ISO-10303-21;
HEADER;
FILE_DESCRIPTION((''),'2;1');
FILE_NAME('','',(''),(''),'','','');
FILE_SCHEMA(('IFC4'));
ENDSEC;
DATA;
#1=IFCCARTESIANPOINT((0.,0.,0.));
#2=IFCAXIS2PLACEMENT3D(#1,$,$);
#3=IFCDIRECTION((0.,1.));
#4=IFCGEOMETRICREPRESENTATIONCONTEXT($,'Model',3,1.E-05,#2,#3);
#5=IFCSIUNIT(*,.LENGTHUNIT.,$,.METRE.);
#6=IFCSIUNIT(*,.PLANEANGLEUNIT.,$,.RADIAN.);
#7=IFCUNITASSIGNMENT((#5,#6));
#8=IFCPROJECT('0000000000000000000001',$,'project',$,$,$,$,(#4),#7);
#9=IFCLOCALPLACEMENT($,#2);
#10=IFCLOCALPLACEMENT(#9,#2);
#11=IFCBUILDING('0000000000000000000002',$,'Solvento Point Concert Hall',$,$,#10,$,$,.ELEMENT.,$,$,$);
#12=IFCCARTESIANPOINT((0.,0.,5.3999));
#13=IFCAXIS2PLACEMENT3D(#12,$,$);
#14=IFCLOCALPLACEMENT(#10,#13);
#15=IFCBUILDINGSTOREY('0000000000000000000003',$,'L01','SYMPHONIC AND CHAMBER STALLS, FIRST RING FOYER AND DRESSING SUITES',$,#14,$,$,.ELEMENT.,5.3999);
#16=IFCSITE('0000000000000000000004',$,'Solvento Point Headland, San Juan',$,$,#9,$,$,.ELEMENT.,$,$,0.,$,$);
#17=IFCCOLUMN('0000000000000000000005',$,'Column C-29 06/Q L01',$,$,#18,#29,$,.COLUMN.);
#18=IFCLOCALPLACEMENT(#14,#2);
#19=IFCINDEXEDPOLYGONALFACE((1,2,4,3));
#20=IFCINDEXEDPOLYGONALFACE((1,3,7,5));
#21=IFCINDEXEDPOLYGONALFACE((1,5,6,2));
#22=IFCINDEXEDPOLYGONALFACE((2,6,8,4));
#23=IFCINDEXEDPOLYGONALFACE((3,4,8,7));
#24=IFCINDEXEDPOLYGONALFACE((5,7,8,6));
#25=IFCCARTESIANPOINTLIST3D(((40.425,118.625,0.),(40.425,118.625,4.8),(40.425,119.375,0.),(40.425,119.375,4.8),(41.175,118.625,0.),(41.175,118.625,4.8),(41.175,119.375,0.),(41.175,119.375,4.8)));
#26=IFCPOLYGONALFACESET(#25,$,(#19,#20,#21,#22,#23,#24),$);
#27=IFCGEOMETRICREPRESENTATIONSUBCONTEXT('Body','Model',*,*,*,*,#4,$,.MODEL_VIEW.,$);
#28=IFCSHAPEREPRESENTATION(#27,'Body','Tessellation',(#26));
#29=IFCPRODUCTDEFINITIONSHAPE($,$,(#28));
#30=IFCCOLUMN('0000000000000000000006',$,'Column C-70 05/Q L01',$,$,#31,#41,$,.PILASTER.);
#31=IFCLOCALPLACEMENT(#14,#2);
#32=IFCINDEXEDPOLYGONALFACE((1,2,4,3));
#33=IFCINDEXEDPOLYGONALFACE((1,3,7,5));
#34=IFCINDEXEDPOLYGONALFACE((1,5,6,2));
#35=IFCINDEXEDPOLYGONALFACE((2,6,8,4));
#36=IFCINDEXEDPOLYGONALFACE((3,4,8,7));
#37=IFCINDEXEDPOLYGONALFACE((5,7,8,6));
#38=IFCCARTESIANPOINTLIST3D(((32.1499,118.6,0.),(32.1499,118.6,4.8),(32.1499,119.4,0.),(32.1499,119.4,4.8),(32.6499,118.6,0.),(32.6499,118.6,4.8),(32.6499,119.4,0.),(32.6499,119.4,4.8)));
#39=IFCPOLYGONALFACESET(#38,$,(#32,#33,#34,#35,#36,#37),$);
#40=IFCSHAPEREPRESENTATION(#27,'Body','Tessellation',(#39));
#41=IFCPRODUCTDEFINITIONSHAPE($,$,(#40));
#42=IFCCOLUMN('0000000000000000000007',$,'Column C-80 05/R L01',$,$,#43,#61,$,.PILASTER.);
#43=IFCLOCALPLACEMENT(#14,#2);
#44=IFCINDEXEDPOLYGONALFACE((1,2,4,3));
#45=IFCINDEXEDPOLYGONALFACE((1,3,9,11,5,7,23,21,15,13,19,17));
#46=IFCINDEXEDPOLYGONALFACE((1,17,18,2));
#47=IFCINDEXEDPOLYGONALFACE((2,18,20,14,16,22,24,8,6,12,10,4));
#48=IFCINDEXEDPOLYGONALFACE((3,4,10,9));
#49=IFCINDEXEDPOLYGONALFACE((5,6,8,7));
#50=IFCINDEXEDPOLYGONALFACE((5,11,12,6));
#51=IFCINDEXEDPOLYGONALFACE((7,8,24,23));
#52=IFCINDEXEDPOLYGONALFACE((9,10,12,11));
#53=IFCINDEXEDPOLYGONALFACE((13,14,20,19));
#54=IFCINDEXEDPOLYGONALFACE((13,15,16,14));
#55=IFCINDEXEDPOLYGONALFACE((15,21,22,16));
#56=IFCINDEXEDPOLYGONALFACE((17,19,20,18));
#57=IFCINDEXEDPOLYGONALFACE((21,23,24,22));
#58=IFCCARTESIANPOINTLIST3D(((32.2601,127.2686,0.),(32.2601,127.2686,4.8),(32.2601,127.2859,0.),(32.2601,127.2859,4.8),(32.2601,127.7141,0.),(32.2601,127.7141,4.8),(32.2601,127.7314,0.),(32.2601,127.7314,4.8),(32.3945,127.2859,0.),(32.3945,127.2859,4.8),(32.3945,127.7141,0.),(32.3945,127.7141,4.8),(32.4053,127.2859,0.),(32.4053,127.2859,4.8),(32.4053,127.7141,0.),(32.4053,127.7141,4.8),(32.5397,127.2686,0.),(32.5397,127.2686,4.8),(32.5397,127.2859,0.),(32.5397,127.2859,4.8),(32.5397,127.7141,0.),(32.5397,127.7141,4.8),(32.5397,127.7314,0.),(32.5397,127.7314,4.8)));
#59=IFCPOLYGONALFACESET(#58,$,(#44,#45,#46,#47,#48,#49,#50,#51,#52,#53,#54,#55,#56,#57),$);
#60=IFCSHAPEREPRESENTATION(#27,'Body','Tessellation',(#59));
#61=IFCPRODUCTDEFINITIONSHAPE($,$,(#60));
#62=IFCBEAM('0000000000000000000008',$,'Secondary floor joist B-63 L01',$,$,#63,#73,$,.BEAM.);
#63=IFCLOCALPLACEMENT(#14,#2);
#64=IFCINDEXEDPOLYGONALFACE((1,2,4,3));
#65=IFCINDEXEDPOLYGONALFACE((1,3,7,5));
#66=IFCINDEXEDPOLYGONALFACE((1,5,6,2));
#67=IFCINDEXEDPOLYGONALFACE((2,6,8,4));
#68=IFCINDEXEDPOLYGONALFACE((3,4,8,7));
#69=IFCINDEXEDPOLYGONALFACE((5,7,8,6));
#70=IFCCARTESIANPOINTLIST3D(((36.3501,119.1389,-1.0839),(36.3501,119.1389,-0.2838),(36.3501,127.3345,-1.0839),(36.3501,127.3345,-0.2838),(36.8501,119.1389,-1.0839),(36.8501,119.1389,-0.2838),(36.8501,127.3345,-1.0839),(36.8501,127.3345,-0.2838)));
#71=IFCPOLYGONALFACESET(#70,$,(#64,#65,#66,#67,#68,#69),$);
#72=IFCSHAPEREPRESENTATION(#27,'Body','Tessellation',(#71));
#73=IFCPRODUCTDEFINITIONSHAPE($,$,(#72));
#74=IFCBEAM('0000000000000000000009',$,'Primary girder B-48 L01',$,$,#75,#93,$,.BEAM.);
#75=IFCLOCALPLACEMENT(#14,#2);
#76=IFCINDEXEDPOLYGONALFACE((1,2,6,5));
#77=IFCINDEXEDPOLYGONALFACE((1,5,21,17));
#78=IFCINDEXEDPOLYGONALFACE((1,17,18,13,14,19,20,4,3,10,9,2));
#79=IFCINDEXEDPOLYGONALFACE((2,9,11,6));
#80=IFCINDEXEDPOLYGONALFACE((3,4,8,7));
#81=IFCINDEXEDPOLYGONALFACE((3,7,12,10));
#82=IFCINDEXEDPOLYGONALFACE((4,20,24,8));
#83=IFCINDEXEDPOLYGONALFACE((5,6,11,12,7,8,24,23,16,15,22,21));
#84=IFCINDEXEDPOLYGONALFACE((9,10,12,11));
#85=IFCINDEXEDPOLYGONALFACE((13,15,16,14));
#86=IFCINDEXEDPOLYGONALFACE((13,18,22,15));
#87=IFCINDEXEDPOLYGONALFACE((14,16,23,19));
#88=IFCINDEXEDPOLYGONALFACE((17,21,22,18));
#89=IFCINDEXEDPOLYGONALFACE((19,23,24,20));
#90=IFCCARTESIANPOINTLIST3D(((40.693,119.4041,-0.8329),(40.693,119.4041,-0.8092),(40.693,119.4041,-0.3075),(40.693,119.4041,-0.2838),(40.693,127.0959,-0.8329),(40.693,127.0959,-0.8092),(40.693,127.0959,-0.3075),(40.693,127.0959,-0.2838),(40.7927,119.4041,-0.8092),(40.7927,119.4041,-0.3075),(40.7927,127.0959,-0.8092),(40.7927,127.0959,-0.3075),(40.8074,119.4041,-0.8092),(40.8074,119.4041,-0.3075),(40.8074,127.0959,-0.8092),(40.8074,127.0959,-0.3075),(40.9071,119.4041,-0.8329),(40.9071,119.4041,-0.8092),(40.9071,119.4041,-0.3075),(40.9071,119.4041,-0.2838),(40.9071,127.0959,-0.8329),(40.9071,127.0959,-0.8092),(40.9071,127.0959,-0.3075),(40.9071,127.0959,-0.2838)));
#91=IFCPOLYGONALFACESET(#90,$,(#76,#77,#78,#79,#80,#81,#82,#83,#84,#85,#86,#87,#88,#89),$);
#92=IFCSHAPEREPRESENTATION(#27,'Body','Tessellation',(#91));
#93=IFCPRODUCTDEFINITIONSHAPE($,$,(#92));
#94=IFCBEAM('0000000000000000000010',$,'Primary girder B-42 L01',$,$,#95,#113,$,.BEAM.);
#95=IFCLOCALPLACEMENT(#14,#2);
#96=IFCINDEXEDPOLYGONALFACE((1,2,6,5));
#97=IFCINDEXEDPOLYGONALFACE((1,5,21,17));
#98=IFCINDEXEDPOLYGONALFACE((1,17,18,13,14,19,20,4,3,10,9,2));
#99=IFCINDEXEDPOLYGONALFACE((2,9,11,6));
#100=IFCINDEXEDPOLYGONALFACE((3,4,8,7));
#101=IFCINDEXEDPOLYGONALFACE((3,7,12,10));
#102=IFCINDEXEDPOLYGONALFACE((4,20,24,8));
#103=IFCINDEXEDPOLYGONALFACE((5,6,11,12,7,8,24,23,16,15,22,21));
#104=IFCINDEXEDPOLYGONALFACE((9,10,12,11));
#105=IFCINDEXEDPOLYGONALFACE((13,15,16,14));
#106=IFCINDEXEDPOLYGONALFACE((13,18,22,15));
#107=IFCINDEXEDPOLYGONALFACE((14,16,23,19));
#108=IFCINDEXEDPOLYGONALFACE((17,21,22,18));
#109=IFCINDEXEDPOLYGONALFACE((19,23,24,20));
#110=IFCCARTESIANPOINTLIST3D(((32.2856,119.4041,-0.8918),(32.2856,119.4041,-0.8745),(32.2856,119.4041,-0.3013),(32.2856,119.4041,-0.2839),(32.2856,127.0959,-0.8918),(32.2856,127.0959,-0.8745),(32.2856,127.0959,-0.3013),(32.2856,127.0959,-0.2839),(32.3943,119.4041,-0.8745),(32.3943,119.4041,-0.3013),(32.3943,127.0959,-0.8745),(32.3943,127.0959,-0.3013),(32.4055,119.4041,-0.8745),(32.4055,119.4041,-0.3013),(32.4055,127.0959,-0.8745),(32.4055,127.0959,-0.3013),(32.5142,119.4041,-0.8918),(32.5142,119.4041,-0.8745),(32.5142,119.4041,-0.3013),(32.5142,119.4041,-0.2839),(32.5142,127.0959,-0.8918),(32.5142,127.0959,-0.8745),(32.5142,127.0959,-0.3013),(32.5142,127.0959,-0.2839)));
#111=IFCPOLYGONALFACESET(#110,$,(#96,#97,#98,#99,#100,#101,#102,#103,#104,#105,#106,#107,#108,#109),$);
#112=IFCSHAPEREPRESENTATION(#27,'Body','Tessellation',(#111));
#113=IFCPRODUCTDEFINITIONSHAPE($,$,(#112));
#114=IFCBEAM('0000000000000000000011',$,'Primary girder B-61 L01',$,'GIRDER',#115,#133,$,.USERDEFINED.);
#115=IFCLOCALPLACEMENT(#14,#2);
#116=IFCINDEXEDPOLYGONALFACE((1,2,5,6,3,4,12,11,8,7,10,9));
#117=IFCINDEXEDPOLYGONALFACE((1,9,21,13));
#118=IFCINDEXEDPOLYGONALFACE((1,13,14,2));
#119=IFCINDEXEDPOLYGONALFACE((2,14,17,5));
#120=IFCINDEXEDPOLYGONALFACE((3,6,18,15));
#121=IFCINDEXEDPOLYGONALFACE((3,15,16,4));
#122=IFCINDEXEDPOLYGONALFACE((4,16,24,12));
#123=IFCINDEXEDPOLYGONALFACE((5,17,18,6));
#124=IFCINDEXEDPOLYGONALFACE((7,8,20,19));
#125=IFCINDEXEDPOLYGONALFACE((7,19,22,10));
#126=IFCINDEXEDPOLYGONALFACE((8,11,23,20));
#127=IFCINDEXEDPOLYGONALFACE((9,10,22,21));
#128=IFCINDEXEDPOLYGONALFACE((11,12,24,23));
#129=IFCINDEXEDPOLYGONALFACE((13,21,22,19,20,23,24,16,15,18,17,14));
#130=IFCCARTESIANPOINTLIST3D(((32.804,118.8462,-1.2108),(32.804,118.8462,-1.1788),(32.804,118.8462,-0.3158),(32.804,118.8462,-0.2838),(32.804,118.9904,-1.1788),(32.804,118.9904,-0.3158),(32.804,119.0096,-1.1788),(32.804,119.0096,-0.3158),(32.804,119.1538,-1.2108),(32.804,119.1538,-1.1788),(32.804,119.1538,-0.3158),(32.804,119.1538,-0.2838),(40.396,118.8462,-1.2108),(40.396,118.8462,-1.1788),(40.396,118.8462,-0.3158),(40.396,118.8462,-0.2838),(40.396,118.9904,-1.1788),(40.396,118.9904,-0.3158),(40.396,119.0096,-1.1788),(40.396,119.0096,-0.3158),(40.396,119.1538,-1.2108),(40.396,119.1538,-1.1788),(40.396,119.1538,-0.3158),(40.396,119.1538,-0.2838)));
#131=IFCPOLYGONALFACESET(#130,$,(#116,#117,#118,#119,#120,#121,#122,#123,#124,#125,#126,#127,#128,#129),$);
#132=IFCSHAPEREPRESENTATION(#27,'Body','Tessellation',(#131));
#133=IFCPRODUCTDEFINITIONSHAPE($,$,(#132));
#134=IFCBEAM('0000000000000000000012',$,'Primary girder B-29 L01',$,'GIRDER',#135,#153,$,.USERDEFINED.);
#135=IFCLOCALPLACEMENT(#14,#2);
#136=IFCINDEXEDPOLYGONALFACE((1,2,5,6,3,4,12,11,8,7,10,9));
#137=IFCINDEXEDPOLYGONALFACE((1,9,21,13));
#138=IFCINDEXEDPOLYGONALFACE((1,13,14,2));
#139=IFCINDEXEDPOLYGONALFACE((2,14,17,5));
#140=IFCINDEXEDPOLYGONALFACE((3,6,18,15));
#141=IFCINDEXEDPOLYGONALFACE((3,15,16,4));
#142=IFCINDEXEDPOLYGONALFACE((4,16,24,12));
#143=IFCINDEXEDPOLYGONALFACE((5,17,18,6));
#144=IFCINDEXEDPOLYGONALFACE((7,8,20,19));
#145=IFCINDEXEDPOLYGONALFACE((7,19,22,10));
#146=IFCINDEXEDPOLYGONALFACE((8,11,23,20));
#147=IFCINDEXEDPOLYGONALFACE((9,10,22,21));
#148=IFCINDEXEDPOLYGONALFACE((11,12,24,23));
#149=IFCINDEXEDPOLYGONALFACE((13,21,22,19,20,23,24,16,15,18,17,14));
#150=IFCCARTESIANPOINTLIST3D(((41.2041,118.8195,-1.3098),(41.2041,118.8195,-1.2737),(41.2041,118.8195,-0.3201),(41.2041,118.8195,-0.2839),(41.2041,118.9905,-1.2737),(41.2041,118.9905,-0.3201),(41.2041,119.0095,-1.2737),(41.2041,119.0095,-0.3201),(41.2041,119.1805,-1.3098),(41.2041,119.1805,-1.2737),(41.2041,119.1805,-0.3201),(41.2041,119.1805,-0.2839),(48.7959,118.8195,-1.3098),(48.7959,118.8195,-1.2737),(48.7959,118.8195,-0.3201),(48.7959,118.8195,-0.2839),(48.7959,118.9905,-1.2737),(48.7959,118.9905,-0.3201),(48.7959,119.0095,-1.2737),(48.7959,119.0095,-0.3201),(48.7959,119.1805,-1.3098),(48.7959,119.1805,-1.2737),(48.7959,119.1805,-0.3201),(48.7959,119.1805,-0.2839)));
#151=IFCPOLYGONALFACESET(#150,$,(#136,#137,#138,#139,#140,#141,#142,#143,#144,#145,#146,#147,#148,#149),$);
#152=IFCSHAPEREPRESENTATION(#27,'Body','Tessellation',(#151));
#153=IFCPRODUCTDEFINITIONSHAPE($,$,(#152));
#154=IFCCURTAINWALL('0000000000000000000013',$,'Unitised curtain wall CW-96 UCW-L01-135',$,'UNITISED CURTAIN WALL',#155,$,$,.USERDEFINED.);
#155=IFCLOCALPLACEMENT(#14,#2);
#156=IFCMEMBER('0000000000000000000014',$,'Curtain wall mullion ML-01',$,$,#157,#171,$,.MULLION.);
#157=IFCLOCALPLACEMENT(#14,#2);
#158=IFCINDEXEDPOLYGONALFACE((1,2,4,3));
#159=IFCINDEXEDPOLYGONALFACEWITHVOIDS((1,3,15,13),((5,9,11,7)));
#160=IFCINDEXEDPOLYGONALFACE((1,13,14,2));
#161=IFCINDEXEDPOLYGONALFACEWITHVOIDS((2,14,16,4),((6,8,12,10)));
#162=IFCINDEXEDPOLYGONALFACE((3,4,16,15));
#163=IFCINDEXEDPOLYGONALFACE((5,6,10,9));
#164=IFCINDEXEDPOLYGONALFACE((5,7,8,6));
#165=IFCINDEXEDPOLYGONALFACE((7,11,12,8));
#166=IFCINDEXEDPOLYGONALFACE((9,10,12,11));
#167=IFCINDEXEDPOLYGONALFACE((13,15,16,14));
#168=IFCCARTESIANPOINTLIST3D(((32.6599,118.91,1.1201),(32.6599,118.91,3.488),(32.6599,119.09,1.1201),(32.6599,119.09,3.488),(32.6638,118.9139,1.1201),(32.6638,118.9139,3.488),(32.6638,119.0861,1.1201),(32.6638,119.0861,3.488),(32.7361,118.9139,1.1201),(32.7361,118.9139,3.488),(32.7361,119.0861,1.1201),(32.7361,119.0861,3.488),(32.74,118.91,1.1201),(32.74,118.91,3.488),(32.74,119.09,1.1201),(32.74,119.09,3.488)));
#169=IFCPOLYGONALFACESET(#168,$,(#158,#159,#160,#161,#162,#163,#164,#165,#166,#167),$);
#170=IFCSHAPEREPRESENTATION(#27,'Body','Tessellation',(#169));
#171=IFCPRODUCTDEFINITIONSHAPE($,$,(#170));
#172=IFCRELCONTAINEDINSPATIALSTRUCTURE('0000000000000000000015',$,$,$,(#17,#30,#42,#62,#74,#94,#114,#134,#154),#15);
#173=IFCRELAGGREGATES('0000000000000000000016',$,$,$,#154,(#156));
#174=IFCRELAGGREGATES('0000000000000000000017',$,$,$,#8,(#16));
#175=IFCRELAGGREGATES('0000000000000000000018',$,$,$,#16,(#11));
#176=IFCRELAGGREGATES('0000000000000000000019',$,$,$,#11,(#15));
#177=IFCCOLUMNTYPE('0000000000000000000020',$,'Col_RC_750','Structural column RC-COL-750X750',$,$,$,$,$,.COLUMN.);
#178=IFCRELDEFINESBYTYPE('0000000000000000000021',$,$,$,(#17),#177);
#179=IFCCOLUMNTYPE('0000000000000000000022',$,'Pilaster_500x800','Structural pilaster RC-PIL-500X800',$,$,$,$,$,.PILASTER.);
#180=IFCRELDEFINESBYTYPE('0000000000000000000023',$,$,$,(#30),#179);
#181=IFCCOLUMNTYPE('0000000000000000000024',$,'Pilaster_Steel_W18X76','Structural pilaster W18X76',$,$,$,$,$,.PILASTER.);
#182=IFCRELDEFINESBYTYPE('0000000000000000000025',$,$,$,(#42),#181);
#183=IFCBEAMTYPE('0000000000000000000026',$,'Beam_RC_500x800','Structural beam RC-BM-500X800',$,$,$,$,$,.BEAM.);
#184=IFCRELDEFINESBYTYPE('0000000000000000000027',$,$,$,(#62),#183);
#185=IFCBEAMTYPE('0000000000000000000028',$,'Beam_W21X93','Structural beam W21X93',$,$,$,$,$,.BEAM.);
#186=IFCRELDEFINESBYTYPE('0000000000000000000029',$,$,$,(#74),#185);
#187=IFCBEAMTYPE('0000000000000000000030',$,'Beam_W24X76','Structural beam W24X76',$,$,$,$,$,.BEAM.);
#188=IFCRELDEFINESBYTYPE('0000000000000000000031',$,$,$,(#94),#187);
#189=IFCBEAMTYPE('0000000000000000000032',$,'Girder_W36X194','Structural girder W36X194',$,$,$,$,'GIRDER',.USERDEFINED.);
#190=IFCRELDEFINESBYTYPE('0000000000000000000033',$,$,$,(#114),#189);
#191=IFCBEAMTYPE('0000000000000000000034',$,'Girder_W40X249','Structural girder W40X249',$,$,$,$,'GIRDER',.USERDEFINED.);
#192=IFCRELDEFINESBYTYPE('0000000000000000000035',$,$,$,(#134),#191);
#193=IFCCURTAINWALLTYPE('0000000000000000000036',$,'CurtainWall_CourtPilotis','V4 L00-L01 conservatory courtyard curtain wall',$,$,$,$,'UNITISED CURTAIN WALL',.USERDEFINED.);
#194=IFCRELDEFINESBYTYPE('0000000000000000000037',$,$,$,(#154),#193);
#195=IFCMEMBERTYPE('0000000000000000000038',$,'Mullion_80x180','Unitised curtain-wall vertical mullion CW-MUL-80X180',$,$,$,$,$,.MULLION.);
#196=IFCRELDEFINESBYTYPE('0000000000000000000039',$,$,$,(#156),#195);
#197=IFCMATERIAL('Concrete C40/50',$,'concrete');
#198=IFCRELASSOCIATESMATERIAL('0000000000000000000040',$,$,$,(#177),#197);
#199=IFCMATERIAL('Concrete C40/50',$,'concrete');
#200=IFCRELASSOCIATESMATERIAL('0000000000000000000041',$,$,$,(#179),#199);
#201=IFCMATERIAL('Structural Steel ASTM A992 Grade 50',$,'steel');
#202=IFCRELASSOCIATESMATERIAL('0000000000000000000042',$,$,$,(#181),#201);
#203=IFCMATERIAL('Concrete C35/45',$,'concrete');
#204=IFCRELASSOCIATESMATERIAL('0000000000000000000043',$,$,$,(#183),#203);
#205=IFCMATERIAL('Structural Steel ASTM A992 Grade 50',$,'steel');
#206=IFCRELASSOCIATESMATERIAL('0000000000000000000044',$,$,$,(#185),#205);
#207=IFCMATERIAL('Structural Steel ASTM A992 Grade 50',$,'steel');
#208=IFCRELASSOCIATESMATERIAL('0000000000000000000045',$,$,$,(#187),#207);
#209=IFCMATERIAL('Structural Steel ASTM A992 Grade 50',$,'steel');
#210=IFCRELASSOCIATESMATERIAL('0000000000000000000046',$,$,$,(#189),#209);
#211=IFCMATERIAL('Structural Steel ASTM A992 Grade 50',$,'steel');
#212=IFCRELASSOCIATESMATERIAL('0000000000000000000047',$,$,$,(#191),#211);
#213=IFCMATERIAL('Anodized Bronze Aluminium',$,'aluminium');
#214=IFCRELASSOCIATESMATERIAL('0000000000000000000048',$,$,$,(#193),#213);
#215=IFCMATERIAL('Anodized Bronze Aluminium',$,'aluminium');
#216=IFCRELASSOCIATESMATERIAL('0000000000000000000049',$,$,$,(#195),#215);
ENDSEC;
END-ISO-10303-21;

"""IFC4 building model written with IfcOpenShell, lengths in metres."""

from ifc_helpers import new_model, si_unit, direction, frame, origin, origin_2d, place, context, subcontext, project, spatial, rectangle, hollow_rectangle, i_section, extrude, material, material_profile, profile_set, type_object, element, aggregate, save


model = new_model("IFC4")

# Units and contexts
model_context = context("Model", 3, precision=1e-05, world=origin(), true_north=direction((0.0, 1.0)))
body_context = subcontext(model_context, "Body", "Model", "MODEL_VIEW")
ifc_project = project(units=[si_unit("LENGTHUNIT", "METRE"), si_unit("PLANEANGLEUNIT", "RADIAN")], contexts=[model_context])

# Site, building, storey
site_placement = place(None, origin())
site = spatial("IfcSite", under=ifc_project, at=site_placement, Name="Solvento Point Headland, San Juan", CompositionType="ELEMENT", RefElevation=0.0)
building_placement = place(site_placement, origin())
building = spatial("IfcBuilding", under=site, at=building_placement, Name="Solvento Point Concert Hall", CompositionType="ELEMENT")
storey_placement = place(building_placement, frame((0.0, 0.0, 5.3999)))
storey = spatial("IfcBuildingStorey", under=building, at=storey_placement, Name="L01", Description="SYMPHONIC AND CHAMBER STALLS, FIRST RING FOYER AND DRESSING SUITES", CompositionType="ELEMENT", Elevation=5.3999)

# Columns
ifc_material_1 = material(Name="Concrete C40/50", Category="concrete")
ifc_material_profile_1 = material_profile(ifc_material_1, rectangle(XDim=0.75, YDim=0.75, at=origin_2d()), Name="RC-COL-750X750")
ifc_profile_set_1 = profile_set([ifc_material_profile_1], Name="Concrete C40/50")
column_type_1 = type_object("IfcColumnType", Name="Col_RC_750", Description="Structural column RC-COL-750X750", PredefinedType="COLUMN", material=ifc_profile_set_1)
column_1_placement = place(storey_placement, frame((40.8, 119.0, 0.0), z_axis=(0.0, 0.0, 1.0), x_axis=(1.0, 0.0, 0.0)))
element("IfcColumn", 1, at=column_1_placement, inside=storey, type_object=column_type_1, Name="Column C-29 06/Q L01", PredefinedType="COLUMN", context=body_context, shape_type="SweptSolid", body=[
    extrude(rectangle(XDim=0.75, YDim=0.75, at=origin_2d()), origin(), (0.0, 0.0, 1.0), 4.8),
])
ifc_material_2 = material(Name="Concrete C40/50", Category="concrete")
ifc_material_profile_2 = material_profile(ifc_material_2, rectangle(XDim=0.5, YDim=0.8, at=origin_2d()), Name="RC-PIL-500X800")
ifc_profile_set_2 = profile_set([ifc_material_profile_2], Name="Concrete C40/50")
column_type_2 = type_object("IfcColumnType", Name="Pilaster_500x800", Description="Structural pilaster RC-PIL-500X800", PredefinedType="PILASTER", material=ifc_profile_set_2)
column_2_placement = place(storey_placement, frame((32.3999, 119.0, 0.0), z_axis=(0.0, 0.0, 1.0), x_axis=(1.0, 0.0, 0.0)))
element("IfcColumn", 2, at=column_2_placement, inside=storey, type_object=column_type_2, Name="Column C-70 05/Q L01", PredefinedType="PILASTER", context=body_context, shape_type="SweptSolid", body=[
    extrude(rectangle(XDim=0.5, YDim=0.8, at=origin_2d()), origin(), (0.0, 0.0, 1.0), 4.8),
])
ifc_material_3 = material(Name="Structural Steel ASTM A992 Grade 50", Category="steel")
ifc_material_profile_3 = material_profile(ifc_material_3, i_section(OverallWidth=0.2795, OverallDepth=0.4629, WebThickness=0.0107, FlangeThickness=0.0173, at=origin_2d()), Name="W18X76")
ifc_profile_set_3 = profile_set([ifc_material_profile_3], Name="Structural Steel ASTM A992 Grade 50")
column_type_3 = type_object("IfcColumnType", Name="Pilaster_Steel_W18X76", Description="Structural pilaster W18X76", PredefinedType="PILASTER", material=ifc_profile_set_3)
column_3_placement = place(storey_placement, frame((32.3999, 127.5, 0.0), z_axis=(0.0, 0.0, 1.0), x_axis=(1.0, 0.0, 0.0)))
element("IfcColumn", 3, at=column_3_placement, inside=storey, type_object=column_type_3, Name="Column C-80 05/R L01", PredefinedType="PILASTER", context=body_context, shape_type="SweptSolid", body=[
    extrude(i_section(OverallWidth=0.2795, OverallDepth=0.4629, WebThickness=0.0107, FlangeThickness=0.0173, at=origin_2d()), origin(), (0.0, 0.0, 1.0), 4.8),
])

# Beams
ifc_material_4 = material(Name="Concrete C35/45", Category="concrete")
ifc_material_profile_4 = material_profile(ifc_material_4, rectangle(XDim=0.5, YDim=0.8, at=origin_2d()), Name="RC-BM-500X800")
ifc_profile_set_4 = profile_set([ifc_material_profile_4], Name="Concrete C35/45")
beam_type_1 = type_object("IfcBeamType", Name="Beam_RC_500x800", Description="Structural beam RC-BM-500X800", PredefinedType="BEAM", material=ifc_profile_set_4)
beam_1_placement = place(storey_placement, frame((36.6001, 119.1389, -0.6838), z_axis=(0.0, 1.0, 0.0), x_axis=(-1.0, 0.0, 0.0)))
element("IfcBeam", 4, at=beam_1_placement, inside=storey, type_object=beam_type_1, Name="Secondary floor joist B-63 L01", PredefinedType="BEAM", context=body_context, shape_type="SweptSolid", body=[
    extrude(rectangle(XDim=0.5, YDim=0.8, at=origin_2d()), origin(), (0.0, 0.0, 1.0), 8.1956),
])
ifc_material_5 = material(Name="Structural Steel ASTM A992 Grade 50", Category="steel")
ifc_material_profile_5 = material_profile(ifc_material_5, i_section(OverallWidth=0.2141, OverallDepth=0.5491, WebThickness=0.0146, FlangeThickness=0.0237, at=origin_2d()), Name="W21X93")
ifc_profile_set_5 = profile_set([ifc_material_profile_5], Name="Structural Steel ASTM A992 Grade 50")
beam_type_2 = type_object("IfcBeamType", Name="Beam_W21X93", Description="Structural beam W21X93", PredefinedType="BEAM", material=ifc_profile_set_5)
beam_2_placement = place(storey_placement, frame((40.8, 119.4041, -0.5583), z_axis=(0.0, 1.0, 0.0), x_axis=(-1.0, 0.0, 0.0)))
element("IfcBeam", 5, at=beam_2_placement, inside=storey, type_object=beam_type_2, Name="Primary girder B-48 L01", PredefinedType="BEAM", context=body_context, shape_type="SweptSolid", body=[
    extrude(i_section(OverallWidth=0.2141, OverallDepth=0.5491, WebThickness=0.0146, FlangeThickness=0.0237, at=origin_2d()), origin(), (0.0, 0.0, 1.0), 7.6919),
])
ifc_material_6 = material(Name="Structural Steel ASTM A992 Grade 50", Category="steel")
ifc_material_profile_6 = material_profile(ifc_material_6, i_section(OverallWidth=0.2285, OverallDepth=0.6079, WebThickness=0.0112, FlangeThickness=0.0173, at=origin_2d()), Name="W24X76")
ifc_profile_set_6 = profile_set([ifc_material_profile_6], Name="Structural Steel ASTM A992 Grade 50")
beam_type_3 = type_object("IfcBeamType", Name="Beam_W24X76", Description="Structural beam W24X76", PredefinedType="BEAM", material=ifc_profile_set_6)
beam_3_placement = place(storey_placement, frame((32.3999, 119.4041, -0.5879), z_axis=(0.0, 1.0, 0.0), x_axis=(-1.0, 0.0, 0.0)))
element("IfcBeam", 6, at=beam_3_placement, inside=storey, type_object=beam_type_3, Name="Primary girder B-42 L01", PredefinedType="BEAM", context=body_context, shape_type="SweptSolid", body=[
    extrude(i_section(OverallWidth=0.2285, OverallDepth=0.6079, WebThickness=0.0112, FlangeThickness=0.0173, at=origin_2d()), origin(), (0.0, 0.0, 1.0), 7.6919),
])
ifc_material_7 = material(Name="Structural Steel ASTM A992 Grade 50", Category="steel")
ifc_material_profile_7 = material_profile(ifc_material_7, i_section(OverallWidth=0.3076, OverallDepth=0.927, WebThickness=0.0193, FlangeThickness=0.032, at=origin_2d()), Name="W36X194")
ifc_profile_set_7 = profile_set([ifc_material_profile_7], Name="Structural Steel ASTM A992 Grade 50")
beam_type_4 = type_object("IfcBeamType", Name="Girder_W36X194", Description="Structural girder W36X194", ElementType="GIRDER", PredefinedType="USERDEFINED", material=ifc_profile_set_7)
beam_4_placement = place(storey_placement, frame((32.804, 119.0, -0.7473), z_axis=(1.0, 0.0, 0.0), x_axis=(0.0, 1.0, 0.0)))
element("IfcBeam", 7, at=beam_4_placement, inside=storey, type_object=beam_type_4, Name="Primary girder B-61 L01", ObjectType="GIRDER", PredefinedType="USERDEFINED", context=body_context, shape_type="SweptSolid", body=[
    extrude(i_section(OverallWidth=0.3076, OverallDepth=0.927, WebThickness=0.0193, FlangeThickness=0.032, at=origin_2d()), origin(), (0.0, 0.0, 1.0), 7.592),
])
ifc_material_8 = material(Name="Structural Steel ASTM A992 Grade 50", Category="steel")
ifc_material_profile_8 = material_profile(ifc_material_8, i_section(OverallWidth=0.3611, OverallDepth=1.0259, WebThickness=0.019, FlangeThickness=0.0361, at=origin_2d()), Name="W40X249")
ifc_profile_set_8 = profile_set([ifc_material_profile_8], Name="Structural Steel ASTM A992 Grade 50")
beam_type_5 = type_object("IfcBeamType", Name="Girder_W40X249", Description="Structural girder W40X249", ElementType="GIRDER", PredefinedType="USERDEFINED", material=ifc_profile_set_8)
beam_5_placement = place(storey_placement, frame((41.2041, 119.0, -0.7969), z_axis=(1.0, 0.0, 0.0), x_axis=(0.0, 1.0, 0.0)))
element("IfcBeam", 8, at=beam_5_placement, inside=storey, type_object=beam_type_5, Name="Primary girder B-29 L01", ObjectType="GIRDER", PredefinedType="USERDEFINED", context=body_context, shape_type="SweptSolid", body=[
    extrude(i_section(OverallWidth=0.3611, OverallDepth=1.0259, WebThickness=0.019, FlangeThickness=0.0361, at=origin_2d()), origin(), (0.0, 0.0, 1.0), 7.5918),
])

# Curtain wall, member
ifc_material_9 = material(Name="Anodized Bronze Aluminium", Category="aluminium")
curtain_wall_type = type_object("IfcCurtainWallType", Name="CurtainWall_CourtPilotis", Description="V4 L00-L01 conservatory courtyard curtain wall", ElementType="UNITISED CURTAIN WALL", PredefinedType="USERDEFINED", material=ifc_material_9)
curtain_wall_1_placement = place(storey_placement, origin())
curtain_wall_1 = element("IfcCurtainWall", 9, at=curtain_wall_1_placement, inside=storey, type_object=curtain_wall_type, Name="Unitised curtain wall CW-96 UCW-L01-135", ObjectType="UNITISED CURTAIN WALL", PredefinedType="USERDEFINED")
ifc_material_10 = material(Name="Anodized Bronze Aluminium", Category="aluminium")
ifc_material_profile_9 = material_profile(ifc_material_10, hollow_rectangle(XDim=0.0801, YDim=0.1799, WallThickness=0.0039, at=origin_2d()), Name="CW-MUL-80X180")
ifc_profile_set_9 = profile_set([ifc_material_profile_9], Name="Anodized Bronze Aluminium")
member_type_1 = type_object("IfcMemberType", Name="Mullion_80x180", Description="Unitised curtain-wall vertical mullion CW-MUL-80X180", PredefinedType="MULLION", material=ifc_profile_set_9)
member_1_placement = place(storey_placement, frame((32.7, 119.0, 1.1201), z_axis=(0.0, 0.0, 1.0), x_axis=(1.0, 0.0, 0.0)))
member_1 = element("IfcMember", 10, at=member_1_placement, type_object=member_type_1, Name="Curtain wall mullion ML-01", PredefinedType="MULLION", context=body_context, shape_type="SweptSolid", body=[
    extrude(hollow_rectangle(XDim=0.0801, YDim=0.1799, WallThickness=0.0039, at=origin_2d()), origin(), (0.0, 0.0, 1.0), 2.3679),
])

aggregate(curtain_wall_1, [member_1])

save(model, "model.ifc")
